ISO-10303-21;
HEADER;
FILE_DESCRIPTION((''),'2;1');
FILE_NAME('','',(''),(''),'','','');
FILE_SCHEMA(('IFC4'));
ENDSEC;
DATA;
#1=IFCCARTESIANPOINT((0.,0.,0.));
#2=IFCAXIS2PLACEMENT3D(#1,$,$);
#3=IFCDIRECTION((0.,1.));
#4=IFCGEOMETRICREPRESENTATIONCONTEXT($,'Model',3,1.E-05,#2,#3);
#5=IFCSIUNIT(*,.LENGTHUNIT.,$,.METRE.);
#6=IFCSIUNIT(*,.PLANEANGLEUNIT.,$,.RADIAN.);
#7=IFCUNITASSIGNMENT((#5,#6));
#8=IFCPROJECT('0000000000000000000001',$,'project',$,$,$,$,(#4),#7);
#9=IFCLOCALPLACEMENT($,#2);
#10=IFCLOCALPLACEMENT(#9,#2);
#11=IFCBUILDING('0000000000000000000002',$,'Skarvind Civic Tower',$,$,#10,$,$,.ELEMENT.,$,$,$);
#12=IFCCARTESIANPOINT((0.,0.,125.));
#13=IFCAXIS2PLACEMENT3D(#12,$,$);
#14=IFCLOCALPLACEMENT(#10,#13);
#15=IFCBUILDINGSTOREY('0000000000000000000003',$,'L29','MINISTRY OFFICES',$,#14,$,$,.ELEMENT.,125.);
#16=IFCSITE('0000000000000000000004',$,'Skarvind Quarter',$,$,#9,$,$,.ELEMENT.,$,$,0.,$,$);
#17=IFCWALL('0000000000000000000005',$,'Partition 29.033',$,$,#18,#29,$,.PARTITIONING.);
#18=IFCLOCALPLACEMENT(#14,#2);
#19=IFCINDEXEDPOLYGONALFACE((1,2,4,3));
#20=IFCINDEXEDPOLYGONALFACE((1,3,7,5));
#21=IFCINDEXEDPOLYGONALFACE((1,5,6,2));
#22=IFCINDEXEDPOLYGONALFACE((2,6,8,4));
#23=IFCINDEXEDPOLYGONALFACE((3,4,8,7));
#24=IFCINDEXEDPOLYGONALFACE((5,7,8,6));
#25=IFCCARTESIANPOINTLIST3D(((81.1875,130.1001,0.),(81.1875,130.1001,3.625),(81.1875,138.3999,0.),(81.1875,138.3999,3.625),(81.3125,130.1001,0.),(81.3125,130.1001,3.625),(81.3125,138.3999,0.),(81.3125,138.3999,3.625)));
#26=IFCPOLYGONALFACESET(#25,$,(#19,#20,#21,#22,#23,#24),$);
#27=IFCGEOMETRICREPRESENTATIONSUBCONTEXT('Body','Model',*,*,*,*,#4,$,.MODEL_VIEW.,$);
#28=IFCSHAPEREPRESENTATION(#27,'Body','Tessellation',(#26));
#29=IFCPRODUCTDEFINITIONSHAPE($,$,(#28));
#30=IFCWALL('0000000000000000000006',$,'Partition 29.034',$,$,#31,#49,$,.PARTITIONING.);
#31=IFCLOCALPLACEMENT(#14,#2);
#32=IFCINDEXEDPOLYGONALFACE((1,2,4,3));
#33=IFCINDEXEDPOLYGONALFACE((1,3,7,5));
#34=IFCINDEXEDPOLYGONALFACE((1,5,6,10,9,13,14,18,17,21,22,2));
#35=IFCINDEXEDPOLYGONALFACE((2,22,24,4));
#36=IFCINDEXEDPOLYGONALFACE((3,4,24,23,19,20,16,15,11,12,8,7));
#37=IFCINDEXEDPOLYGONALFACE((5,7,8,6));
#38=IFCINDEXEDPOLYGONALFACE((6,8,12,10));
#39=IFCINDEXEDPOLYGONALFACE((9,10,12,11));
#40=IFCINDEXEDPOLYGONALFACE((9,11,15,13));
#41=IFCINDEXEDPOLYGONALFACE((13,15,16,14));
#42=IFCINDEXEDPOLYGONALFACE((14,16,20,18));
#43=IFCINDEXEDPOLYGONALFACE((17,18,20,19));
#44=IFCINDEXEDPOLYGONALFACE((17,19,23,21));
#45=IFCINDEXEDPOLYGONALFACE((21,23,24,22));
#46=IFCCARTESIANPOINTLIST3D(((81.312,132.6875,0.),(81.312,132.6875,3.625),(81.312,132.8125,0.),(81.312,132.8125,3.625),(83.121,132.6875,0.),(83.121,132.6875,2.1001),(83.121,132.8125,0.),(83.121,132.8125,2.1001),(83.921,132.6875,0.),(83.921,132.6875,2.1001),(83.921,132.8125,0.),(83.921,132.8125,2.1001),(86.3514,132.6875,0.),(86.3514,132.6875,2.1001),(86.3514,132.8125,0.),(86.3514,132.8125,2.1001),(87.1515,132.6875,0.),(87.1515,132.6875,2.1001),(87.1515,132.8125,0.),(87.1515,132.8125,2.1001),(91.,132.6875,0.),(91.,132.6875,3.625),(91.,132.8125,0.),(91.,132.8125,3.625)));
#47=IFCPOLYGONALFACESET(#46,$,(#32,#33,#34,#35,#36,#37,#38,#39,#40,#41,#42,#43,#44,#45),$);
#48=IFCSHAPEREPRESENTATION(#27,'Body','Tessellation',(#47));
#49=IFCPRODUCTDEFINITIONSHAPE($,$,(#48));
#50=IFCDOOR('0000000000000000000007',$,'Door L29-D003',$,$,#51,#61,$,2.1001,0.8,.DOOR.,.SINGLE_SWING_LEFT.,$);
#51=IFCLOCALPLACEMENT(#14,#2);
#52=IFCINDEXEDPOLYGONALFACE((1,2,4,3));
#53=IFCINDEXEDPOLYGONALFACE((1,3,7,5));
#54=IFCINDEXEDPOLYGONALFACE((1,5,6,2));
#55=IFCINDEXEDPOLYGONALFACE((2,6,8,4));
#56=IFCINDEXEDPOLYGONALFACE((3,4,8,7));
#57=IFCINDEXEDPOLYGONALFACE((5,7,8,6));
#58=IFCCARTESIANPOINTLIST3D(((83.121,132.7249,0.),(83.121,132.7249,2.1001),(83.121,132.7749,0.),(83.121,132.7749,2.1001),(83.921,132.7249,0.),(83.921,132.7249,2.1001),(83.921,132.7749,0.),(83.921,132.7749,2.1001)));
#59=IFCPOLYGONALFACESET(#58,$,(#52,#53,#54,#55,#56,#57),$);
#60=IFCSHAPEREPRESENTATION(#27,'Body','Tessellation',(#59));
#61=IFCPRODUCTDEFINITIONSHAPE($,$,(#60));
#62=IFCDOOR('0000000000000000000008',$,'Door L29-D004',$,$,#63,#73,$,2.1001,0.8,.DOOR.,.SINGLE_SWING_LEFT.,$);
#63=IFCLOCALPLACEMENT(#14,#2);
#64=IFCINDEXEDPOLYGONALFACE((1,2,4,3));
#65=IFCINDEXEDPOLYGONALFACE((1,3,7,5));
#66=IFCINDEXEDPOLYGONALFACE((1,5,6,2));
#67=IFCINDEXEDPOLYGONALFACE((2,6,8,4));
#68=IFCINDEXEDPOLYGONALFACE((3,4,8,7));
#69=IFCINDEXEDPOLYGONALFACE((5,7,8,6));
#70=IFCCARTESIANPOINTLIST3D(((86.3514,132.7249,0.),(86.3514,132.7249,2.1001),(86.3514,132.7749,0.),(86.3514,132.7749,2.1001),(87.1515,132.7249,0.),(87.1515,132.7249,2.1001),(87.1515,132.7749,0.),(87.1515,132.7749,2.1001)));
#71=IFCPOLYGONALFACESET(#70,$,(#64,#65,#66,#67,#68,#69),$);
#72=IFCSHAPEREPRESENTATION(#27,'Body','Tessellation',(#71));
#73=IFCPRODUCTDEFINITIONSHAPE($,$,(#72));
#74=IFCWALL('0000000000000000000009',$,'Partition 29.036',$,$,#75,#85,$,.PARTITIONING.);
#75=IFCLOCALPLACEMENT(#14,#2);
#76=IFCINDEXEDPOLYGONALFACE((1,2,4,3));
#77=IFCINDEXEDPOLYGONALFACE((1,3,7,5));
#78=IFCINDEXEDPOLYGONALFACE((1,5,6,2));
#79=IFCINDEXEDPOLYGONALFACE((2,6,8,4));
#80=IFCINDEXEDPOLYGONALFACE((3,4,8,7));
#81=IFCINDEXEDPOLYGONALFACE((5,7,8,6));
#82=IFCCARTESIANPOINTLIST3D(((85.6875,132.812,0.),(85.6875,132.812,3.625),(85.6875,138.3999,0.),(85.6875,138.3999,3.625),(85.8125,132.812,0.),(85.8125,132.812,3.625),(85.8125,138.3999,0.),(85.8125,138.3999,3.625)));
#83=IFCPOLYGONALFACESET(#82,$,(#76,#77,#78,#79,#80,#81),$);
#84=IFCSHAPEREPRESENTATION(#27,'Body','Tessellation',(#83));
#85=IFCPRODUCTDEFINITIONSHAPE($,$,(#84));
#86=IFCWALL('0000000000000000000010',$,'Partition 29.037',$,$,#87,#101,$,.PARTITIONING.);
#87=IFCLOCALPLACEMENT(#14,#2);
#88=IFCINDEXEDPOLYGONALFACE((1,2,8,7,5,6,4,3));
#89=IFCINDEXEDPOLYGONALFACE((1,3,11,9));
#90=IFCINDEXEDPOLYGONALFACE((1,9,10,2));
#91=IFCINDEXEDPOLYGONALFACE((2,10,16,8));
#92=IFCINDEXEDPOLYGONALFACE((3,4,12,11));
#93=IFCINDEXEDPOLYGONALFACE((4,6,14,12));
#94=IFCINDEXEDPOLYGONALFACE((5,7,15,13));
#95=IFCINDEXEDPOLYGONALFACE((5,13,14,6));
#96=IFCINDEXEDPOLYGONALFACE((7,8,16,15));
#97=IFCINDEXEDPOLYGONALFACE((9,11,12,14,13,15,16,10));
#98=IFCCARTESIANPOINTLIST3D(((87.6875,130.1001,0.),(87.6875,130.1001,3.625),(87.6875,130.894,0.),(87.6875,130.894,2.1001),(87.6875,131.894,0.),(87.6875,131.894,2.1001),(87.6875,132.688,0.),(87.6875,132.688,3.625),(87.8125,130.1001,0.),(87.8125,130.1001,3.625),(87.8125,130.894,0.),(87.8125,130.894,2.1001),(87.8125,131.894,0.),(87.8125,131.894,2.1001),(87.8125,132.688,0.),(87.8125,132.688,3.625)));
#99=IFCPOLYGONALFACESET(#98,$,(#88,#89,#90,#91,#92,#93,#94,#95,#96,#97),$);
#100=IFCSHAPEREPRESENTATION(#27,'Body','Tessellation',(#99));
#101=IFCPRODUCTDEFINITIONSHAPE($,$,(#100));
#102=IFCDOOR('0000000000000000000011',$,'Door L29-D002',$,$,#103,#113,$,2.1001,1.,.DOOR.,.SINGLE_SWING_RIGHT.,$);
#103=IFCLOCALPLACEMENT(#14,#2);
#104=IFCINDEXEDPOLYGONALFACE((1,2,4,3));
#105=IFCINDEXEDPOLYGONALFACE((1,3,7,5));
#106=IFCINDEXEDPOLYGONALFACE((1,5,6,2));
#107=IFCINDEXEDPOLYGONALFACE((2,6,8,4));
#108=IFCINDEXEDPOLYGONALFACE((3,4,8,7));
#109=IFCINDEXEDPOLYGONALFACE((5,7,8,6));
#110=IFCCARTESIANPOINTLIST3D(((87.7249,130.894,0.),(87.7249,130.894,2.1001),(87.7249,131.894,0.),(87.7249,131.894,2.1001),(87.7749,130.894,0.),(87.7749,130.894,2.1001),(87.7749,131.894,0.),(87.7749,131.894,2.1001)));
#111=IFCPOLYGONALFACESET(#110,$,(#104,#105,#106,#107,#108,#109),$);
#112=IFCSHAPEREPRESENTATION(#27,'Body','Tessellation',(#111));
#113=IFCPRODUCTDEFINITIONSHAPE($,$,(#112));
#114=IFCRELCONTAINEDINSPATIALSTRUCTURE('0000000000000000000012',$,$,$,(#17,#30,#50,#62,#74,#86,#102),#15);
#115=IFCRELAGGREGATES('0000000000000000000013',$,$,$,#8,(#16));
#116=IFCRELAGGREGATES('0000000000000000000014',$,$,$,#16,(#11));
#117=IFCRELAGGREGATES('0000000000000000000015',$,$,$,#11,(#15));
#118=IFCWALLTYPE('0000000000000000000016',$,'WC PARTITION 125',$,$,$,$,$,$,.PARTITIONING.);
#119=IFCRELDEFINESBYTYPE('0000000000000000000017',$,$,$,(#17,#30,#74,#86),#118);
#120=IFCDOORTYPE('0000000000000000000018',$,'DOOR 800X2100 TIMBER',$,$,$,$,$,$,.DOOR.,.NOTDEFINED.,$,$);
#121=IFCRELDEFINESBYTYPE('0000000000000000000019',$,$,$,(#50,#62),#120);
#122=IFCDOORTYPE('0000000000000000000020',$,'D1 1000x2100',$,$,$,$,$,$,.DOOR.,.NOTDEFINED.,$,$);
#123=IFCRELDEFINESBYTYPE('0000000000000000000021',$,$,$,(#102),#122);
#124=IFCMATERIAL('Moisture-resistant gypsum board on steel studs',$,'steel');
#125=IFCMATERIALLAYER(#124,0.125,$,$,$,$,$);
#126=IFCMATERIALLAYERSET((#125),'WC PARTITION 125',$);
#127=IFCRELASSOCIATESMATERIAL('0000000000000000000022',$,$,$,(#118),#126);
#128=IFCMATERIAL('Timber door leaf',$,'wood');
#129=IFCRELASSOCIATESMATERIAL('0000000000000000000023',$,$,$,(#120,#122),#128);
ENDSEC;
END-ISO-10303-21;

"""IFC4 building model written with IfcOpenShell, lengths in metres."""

from ifc_helpers import new_model, si_unit, direction, frame, frame_2d, origin, place, context, subcontext, project, spatial, rectangle, extrude, material, layer, layer_set, type_object, element, fill, save


model = new_model("IFC4")

# Units and contexts
model_context = context("Model", 3, precision=1e-05, world=origin(), true_north=direction((0.0, 1.0)))
body_context = subcontext(model_context, "Body", "Model", "MODEL_VIEW")
ifc_project = project(units=[si_unit("LENGTHUNIT", "METRE"), si_unit("PLANEANGLEUNIT", "RADIAN")], contexts=[model_context])

# Site, building, storey
site_placement = place(None, origin())
site = spatial("IfcSite", under=ifc_project, at=site_placement, Name="Skarvind Quarter", CompositionType="ELEMENT", RefElevation=0.0)
building_placement = place(site_placement, origin())
building = spatial("IfcBuilding", under=site, at=building_placement, Name="Skarvind Civic Tower", CompositionType="ELEMENT")
storey_placement = place(building_placement, frame((0.0, 0.0, 125.0)))
storey = spatial("IfcBuildingStorey", under=building, at=storey_placement, Name="L29", Description="MINISTRY OFFICES", CompositionType="ELEMENT", Elevation=125.0)

# Wall
ifc_material_1 = material(Name="Moisture-resistant gypsum board on steel studs", Category="steel")
ifc_layer_1 = layer(ifc_material_1, 0.125)
ifc_layer_set_1 = layer_set([ifc_layer_1], Name="WC PARTITION 125")
wall_type_1 = type_object("IfcWallType", Name="WC PARTITION 125", PredefinedType="PARTITIONING", material=ifc_layer_set_1)
wall_1_placement = place(storey_placement, frame((81.25, 130.1001, 0.0), z_axis=(0.0, 0.0, 1.0), x_axis=(0.0, 1.0, 0.0)))
element("IfcWall", 1, at=wall_1_placement, inside=storey, type_object=wall_type_1, Name="Partition 29.033", PredefinedType="PARTITIONING", context=body_context, shape_type="SweptSolid", body=[
    extrude(rectangle(XDim=8.2998, YDim=0.125, at=frame_2d((4.1499, 0.0))), origin(), (0.0, 0.0, 1.0), 3.625),
])

# Wall, openings, doors
wall_2_placement = place(storey_placement, frame((81.312, 132.75, 0.0), z_axis=(0.0, 0.0, 1.0), x_axis=(1.0, 0.0, 0.0)))
wall_2 = element("IfcWall", 2, at=wall_2_placement, inside=storey, type_object=wall_type_1, Name="Partition 29.034", PredefinedType="PARTITIONING", context=body_context, shape_type="SweptSolid", body=[
    extrude(rectangle(XDim=9.688, YDim=0.125, at=frame_2d((4.844, 0.0))), origin(), (0.0, 0.0, 1.0), 3.625),
])
opening_1_placement = place(wall_2_placement, frame((1.8091, 0.0, 0.0)))
opening_1 = element("IfcOpeningElement", 3, at=opening_1_placement, cuts=wall_2, PredefinedType="OPENING", context=body_context, shape_type="SweptSolid", body=[
    extrude(rectangle(XDim=0.8, YDim=2.1001, at=frame_2d((0.3999, 1.05))), frame((0.0, 0.0725, 0.0), z_axis=(0.0, -1.0, 0.0), x_axis=(1.0, 0.0, 0.0)), (0.0, 0.0, 1.0), 0.145),
])
opening_2_placement = place(wall_2_placement, frame((5.0396, 0.0, 0.0)))
opening_2 = element("IfcOpeningElement", 4, at=opening_2_placement, cuts=wall_2, PredefinedType="OPENING", context=body_context, shape_type="SweptSolid", body=[
    extrude(rectangle(XDim=0.8, YDim=2.1001, at=frame_2d((0.3999, 1.05))), frame((0.0, 0.0725, 0.0), z_axis=(0.0, -1.0, 0.0), x_axis=(1.0, 0.0, 0.0)), (0.0, 0.0, 1.0), 0.145),
])
ifc_material_2 = material(Name="Timber door leaf", Category="wood")
door_type_1 = type_object("IfcDoorType", Name="DOOR 800X2100 TIMBER", OperationType="NOTDEFINED", PredefinedType="DOOR", material=ifc_material_2)
door_1_placement = place(opening_1_placement, origin())
door_1 = element("IfcDoor", 5, at=door_1_placement, inside=storey, type_object=door_type_1, Name="Door L29-D003", OperationType="SINGLE_SWING_LEFT", OverallHeight=2.1001, OverallWidth=0.8, PredefinedType="DOOR", context=body_context, shape_type="SweptSolid", body=[
    extrude(rectangle(XDim=0.8, YDim=2.1001, at=frame_2d((0.3999, 1.05))), frame((0.0, 0.0249, 0.0), z_axis=(0.0, -1.0, 0.0), x_axis=(1.0, 0.0, 0.0)), (0.0, 0.0, 1.0), 0.05),
])
fill(opening_1, door_1)
door_2_placement = place(opening_2_placement, origin())
door_2 = element("IfcDoor", 6, at=door_2_placement, inside=storey, type_object=door_type_1, Name="Door L29-D004", OperationType="SINGLE_SWING_LEFT", OverallHeight=2.1001, OverallWidth=0.8, PredefinedType="DOOR", context=body_context, shape_type="SweptSolid", body=[
    extrude(rectangle(XDim=0.8, YDim=2.1001, at=frame_2d((0.3999, 1.05))), frame((0.0, 0.0249, 0.0), z_axis=(0.0, -1.0, 0.0), x_axis=(1.0, 0.0, 0.0)), (0.0, 0.0, 1.0), 0.05),
])
fill(opening_2, door_2)

# Wall
wall_3_placement = place(storey_placement, frame((85.75, 132.812, 0.0), z_axis=(0.0, 0.0, 1.0), x_axis=(0.0, 1.0, 0.0)))
element("IfcWall", 7, at=wall_3_placement, inside=storey, type_object=wall_type_1, Name="Partition 29.036", PredefinedType="PARTITIONING", context=body_context, shape_type="SweptSolid", body=[
    extrude(rectangle(XDim=5.5879, YDim=0.125, at=frame_2d((2.7939, 0.0))), origin(), (0.0, 0.0, 1.0), 3.625),
])

# Wall, opening, door
wall_4_placement = place(storey_placement, frame((87.75, 132.688, 0.0), z_axis=(0.0, 0.0, 1.0), x_axis=(0.0, -1.0, 0.0)))
wall_4 = element("IfcWall", 8, at=wall_4_placement, inside=storey, type_object=wall_type_1, Name="Partition 29.037", PredefinedType="PARTITIONING", context=body_context, shape_type="SweptSolid", body=[
    extrude(rectangle(XDim=2.5879, YDim=0.125, at=frame_2d((1.2939, 0.0))), origin(), (0.0, 0.0, 1.0), 3.625),
])
opening_3_placement = place(wall_4_placement, frame((0.7939, 0.0, 0.0)))
opening_3 = element("IfcOpeningElement", 9, at=opening_3_placement, cuts=wall_4, PredefinedType="OPENING", context=body_context, shape_type="SweptSolid", body=[
    extrude(rectangle(XDim=1.0, YDim=2.1001, at=frame_2d((0.5, 1.05))), frame((0.0, 0.0725, 0.0), z_axis=(0.0, -1.0, 0.0), x_axis=(1.0, 0.0, 0.0)), (0.0, 0.0, 1.0), 0.145),
])
door_type_2 = type_object("IfcDoorType", Name="D1 1000x2100", OperationType="NOTDEFINED", PredefinedType="DOOR", material=ifc_material_2)
door_3_placement = place(opening_3_placement, origin())
door_3 = element("IfcDoor", 10, at=door_3_placement, inside=storey, type_object=door_type_2, Name="Door L29-D002", OperationType="SINGLE_SWING_RIGHT", OverallHeight=2.1001, OverallWidth=1.0, PredefinedType="DOOR", context=body_context, shape_type="SweptSolid", body=[
    extrude(rectangle(XDim=1.0, YDim=2.1001, at=frame_2d((0.5, 1.05))), frame((0.0, 0.0249, 0.0), z_axis=(0.0, -1.0, 0.0), x_axis=(1.0, 0.0, 0.0)), (0.0, 0.0, 1.0), 0.05),
])
fill(opening_3, door_3)

save(model, "model.ifc")
